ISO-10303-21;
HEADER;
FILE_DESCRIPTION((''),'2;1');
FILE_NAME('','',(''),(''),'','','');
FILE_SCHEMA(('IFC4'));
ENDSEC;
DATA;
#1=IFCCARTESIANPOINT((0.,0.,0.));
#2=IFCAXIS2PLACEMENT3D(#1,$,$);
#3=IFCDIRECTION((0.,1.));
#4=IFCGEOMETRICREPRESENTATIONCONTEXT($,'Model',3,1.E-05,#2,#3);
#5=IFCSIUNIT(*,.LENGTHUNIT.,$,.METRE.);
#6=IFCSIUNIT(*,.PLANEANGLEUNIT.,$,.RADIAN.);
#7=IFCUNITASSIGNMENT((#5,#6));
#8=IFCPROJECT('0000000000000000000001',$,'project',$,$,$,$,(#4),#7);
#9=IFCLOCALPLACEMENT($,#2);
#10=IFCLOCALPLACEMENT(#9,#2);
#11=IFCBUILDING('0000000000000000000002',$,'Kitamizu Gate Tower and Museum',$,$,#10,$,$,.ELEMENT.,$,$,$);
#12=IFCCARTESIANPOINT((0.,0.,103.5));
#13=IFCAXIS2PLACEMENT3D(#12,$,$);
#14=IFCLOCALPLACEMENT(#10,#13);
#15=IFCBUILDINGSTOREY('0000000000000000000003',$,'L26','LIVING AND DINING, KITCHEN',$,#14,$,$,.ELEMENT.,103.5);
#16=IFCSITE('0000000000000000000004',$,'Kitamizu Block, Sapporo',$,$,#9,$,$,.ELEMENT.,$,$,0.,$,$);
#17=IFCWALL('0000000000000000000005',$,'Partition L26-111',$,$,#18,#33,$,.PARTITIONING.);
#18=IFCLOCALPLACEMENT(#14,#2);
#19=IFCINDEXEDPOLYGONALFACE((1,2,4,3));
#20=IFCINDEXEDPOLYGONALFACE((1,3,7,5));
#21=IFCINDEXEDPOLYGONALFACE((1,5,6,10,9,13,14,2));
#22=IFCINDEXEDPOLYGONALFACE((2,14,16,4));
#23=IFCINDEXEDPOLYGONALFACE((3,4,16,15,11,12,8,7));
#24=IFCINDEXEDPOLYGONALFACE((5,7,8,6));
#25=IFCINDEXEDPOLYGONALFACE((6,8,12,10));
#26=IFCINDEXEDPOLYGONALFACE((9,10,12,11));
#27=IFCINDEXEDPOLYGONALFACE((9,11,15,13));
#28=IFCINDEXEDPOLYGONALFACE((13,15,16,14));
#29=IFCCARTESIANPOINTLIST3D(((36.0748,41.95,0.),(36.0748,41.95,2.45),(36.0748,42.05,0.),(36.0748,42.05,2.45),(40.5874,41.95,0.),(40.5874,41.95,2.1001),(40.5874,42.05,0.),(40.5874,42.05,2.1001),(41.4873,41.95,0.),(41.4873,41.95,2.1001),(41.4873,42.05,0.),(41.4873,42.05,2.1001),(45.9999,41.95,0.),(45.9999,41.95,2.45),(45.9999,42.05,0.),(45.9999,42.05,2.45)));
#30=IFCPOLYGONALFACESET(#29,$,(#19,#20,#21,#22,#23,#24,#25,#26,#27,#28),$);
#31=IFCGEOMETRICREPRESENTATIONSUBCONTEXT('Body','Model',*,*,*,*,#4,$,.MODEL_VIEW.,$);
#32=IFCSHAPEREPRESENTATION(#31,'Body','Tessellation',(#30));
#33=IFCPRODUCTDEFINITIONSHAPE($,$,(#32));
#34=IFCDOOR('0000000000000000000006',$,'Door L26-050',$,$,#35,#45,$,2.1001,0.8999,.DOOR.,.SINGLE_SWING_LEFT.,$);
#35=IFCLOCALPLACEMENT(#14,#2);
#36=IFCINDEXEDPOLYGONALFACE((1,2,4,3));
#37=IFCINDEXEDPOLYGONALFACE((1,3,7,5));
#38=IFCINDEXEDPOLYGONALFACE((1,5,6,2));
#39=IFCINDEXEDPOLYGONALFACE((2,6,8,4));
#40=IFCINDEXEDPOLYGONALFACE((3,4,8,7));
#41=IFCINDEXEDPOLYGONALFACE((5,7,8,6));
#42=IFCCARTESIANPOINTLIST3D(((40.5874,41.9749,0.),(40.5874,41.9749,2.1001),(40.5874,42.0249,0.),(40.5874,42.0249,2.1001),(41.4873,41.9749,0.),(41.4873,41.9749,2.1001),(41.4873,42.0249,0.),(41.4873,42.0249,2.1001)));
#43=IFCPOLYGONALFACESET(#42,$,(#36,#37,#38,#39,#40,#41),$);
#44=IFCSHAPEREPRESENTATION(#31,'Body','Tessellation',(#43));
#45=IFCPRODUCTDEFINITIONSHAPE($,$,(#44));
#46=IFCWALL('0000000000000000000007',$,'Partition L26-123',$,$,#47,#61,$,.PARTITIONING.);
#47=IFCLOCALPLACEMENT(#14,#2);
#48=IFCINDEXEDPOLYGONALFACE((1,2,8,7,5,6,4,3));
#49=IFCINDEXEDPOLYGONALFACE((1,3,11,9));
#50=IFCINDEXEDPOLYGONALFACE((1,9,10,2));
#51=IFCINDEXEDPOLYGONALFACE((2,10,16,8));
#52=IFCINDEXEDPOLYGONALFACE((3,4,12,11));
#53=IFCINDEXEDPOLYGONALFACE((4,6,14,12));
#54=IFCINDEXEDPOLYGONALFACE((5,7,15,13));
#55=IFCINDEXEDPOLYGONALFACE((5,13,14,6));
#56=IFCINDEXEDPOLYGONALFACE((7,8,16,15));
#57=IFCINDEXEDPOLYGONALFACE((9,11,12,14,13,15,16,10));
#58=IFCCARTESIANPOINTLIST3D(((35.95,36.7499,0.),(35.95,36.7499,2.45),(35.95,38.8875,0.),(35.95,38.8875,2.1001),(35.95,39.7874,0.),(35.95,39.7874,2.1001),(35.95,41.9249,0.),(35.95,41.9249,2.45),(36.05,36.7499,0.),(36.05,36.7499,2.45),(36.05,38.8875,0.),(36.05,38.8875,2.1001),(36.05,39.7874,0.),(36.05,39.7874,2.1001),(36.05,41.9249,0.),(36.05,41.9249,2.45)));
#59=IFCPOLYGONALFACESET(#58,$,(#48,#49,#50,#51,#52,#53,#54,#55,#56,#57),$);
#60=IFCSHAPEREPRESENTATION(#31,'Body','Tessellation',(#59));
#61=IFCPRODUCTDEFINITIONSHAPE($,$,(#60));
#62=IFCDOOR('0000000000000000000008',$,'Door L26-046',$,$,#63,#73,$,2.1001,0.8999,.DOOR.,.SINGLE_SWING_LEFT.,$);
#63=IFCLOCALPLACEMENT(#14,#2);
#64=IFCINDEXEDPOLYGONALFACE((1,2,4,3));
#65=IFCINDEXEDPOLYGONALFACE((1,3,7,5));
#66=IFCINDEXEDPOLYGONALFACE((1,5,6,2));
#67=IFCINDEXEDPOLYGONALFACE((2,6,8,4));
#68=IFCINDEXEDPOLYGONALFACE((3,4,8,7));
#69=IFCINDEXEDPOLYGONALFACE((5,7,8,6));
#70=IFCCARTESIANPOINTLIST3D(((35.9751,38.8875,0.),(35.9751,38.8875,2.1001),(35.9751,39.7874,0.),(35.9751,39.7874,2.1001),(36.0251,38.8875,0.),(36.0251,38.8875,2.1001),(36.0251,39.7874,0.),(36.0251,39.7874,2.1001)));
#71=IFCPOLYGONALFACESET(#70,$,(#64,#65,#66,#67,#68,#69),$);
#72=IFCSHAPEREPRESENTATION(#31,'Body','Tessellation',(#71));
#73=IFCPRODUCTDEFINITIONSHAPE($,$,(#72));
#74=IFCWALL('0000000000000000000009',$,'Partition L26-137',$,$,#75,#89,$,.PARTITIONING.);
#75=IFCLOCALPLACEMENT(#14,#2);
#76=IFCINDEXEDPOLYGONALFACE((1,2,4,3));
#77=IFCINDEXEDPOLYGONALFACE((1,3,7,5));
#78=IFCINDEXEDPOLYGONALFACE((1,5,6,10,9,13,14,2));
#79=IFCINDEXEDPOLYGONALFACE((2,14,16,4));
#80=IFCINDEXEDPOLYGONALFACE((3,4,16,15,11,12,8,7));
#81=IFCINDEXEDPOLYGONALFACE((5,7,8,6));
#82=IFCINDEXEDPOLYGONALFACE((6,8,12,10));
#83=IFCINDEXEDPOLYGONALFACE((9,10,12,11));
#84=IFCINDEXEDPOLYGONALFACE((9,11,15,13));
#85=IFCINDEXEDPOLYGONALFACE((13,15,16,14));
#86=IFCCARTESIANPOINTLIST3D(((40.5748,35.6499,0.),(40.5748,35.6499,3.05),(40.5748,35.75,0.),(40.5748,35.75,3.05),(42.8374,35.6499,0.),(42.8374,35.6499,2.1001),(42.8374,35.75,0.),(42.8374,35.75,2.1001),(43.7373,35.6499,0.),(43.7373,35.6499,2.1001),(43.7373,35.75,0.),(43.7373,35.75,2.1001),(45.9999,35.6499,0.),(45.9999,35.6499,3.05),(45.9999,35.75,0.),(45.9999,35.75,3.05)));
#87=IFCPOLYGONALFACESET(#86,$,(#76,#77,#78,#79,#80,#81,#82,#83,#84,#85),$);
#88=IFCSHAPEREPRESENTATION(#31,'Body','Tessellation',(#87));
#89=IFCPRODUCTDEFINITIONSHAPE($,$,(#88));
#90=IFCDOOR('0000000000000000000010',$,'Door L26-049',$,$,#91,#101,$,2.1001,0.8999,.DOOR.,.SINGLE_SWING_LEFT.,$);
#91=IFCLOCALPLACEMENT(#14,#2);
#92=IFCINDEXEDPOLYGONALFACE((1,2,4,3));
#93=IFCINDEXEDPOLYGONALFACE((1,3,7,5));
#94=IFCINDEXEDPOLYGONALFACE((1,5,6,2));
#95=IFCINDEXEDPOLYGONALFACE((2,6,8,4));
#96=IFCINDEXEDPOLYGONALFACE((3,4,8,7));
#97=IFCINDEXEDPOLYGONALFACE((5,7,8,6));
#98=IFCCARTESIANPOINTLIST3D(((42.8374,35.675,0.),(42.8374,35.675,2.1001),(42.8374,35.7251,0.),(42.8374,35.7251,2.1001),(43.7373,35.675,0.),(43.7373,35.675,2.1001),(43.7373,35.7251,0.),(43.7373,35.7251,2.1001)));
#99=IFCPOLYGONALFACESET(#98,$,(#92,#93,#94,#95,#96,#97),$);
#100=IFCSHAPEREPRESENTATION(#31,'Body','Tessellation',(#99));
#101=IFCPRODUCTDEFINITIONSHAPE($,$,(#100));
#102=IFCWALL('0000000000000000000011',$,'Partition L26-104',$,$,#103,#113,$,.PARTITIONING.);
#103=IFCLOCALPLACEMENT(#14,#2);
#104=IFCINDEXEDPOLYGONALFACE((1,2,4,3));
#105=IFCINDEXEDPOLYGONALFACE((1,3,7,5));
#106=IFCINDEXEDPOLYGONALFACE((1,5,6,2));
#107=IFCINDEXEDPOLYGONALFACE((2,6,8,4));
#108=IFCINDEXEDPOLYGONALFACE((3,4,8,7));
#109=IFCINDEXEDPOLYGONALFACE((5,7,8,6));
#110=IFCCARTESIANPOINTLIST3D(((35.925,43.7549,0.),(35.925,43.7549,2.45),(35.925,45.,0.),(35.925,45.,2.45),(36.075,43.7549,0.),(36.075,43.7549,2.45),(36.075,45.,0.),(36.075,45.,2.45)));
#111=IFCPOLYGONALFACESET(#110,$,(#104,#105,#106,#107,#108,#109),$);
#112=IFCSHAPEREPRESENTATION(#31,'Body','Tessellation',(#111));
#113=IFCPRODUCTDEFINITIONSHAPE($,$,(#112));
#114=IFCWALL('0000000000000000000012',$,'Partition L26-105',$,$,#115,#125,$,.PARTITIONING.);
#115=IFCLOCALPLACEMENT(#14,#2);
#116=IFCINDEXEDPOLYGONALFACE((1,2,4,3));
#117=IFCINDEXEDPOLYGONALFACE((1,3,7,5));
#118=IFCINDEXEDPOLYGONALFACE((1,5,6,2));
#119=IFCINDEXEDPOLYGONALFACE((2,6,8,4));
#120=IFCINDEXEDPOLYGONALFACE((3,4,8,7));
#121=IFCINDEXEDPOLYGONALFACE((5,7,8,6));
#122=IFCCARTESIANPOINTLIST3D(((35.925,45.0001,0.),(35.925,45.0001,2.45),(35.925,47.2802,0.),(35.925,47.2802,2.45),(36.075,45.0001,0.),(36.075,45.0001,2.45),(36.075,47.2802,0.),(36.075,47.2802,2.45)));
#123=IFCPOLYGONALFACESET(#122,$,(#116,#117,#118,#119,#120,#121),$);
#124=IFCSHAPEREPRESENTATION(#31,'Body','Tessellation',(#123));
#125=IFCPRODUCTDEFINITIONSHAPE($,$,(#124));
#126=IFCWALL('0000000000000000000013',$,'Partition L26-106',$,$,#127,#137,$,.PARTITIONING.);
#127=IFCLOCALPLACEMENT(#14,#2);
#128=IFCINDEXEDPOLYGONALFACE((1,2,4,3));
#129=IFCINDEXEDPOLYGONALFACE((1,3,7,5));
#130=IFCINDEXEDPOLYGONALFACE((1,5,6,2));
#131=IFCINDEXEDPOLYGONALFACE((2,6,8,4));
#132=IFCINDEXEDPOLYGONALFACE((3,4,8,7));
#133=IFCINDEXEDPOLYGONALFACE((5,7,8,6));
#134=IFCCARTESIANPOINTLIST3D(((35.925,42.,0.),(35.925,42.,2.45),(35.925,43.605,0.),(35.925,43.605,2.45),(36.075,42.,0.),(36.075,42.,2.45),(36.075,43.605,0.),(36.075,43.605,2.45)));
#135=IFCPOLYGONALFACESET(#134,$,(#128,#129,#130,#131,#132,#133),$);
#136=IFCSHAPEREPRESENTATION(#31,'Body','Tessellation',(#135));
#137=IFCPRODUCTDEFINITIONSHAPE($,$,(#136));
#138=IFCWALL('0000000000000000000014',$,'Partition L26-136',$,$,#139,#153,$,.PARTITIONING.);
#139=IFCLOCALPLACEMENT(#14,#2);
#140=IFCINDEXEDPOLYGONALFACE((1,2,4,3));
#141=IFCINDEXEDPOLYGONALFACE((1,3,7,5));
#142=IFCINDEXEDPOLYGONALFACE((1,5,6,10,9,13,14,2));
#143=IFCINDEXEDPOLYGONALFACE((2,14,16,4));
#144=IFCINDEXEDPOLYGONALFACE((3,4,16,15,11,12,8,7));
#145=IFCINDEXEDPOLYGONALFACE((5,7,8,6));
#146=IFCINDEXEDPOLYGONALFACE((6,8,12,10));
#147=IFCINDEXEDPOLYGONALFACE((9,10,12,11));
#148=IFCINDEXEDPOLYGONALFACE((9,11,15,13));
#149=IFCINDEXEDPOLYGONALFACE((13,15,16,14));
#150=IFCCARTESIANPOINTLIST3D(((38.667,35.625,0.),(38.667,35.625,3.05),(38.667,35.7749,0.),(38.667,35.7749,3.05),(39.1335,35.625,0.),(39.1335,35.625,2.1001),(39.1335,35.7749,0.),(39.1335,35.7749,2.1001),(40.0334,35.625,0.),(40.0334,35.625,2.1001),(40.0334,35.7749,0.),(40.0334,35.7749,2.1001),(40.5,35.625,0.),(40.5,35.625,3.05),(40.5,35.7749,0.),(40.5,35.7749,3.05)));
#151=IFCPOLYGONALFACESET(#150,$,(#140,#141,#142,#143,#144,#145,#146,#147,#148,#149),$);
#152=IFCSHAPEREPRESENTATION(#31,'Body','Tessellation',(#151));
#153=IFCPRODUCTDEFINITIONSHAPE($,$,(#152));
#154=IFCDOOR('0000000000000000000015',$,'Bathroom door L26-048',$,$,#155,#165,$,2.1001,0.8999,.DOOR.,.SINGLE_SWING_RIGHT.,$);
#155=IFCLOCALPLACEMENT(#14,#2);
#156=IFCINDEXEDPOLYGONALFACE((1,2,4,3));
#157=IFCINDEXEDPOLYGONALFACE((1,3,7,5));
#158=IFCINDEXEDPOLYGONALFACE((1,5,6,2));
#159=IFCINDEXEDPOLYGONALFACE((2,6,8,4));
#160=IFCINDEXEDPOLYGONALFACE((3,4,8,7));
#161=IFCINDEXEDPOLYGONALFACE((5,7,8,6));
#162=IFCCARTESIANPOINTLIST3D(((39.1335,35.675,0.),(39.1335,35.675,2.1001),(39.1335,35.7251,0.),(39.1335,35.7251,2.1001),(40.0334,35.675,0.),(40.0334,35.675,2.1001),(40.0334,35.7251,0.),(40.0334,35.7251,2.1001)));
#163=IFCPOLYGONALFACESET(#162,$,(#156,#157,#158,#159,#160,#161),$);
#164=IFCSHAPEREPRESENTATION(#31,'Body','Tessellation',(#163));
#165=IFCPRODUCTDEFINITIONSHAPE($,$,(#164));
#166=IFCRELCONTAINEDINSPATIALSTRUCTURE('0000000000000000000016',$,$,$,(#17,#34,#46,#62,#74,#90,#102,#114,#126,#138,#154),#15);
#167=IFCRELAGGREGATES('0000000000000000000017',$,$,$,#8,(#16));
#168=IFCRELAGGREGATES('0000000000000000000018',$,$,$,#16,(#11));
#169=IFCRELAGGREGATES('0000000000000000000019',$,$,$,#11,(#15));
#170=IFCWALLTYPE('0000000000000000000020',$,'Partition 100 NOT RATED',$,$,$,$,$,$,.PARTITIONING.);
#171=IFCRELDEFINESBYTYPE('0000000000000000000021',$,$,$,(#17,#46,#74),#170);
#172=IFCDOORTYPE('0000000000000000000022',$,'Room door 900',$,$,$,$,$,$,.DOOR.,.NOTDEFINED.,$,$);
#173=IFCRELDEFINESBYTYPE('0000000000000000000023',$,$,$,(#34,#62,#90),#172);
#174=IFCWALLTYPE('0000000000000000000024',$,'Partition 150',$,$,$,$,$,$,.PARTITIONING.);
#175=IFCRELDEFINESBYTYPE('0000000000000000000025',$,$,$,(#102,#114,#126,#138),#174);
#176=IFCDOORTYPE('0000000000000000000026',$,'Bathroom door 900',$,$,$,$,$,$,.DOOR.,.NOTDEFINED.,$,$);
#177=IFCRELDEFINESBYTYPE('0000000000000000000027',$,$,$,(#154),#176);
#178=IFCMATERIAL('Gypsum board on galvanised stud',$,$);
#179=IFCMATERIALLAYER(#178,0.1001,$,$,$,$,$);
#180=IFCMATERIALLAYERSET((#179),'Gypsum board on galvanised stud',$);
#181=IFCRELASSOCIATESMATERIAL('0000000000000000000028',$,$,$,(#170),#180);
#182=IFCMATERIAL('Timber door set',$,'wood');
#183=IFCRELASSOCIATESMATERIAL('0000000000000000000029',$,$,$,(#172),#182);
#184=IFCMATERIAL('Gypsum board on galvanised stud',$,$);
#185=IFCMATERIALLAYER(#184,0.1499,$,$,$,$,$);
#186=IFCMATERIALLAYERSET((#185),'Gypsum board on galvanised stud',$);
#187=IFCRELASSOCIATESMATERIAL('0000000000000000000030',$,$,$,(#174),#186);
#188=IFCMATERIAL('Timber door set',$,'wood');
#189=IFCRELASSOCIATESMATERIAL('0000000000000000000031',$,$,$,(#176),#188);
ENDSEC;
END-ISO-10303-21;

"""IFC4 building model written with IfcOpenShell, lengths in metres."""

from ifc_helpers import new_model, si_unit, direction, frame, frame_2d, origin, place, context, subcontext, project, spatial, rectangle, extrude, material, layer, layer_set, type_object, element, fill, save


model = new_model("IFC4")

# Units and contexts
model_context = context("Model", 3, precision=1e-05, world=origin(), true_north=direction((0.0, 1.0)))
body_context = subcontext(model_context, "Body", "Model", "MODEL_VIEW")
ifc_project = project(units=[si_unit("LENGTHUNIT", "METRE"), si_unit("PLANEANGLEUNIT", "RADIAN")], contexts=[model_context])

# Site, building, storey
site_placement = place(None, origin())
site = spatial("IfcSite", under=ifc_project, at=site_placement, Name="Kitamizu Block, Sapporo", CompositionType="ELEMENT", RefElevation=0.0)
building_placement = place(site_placement, origin())
building = spatial("IfcBuilding", under=site, at=building_placement, Name="Kitamizu Gate Tower and Museum", CompositionType="ELEMENT")
storey_placement = place(building_placement, frame((0.0, 0.0, 103.5)))
storey = spatial("IfcBuildingStorey", under=building, at=storey_placement, Name="L26", Description="LIVING AND DINING, KITCHEN", CompositionType="ELEMENT", Elevation=103.5)

# Walls, openings, doors
ifc_material_1 = material(Name="Gypsum board on galvanised stud")
ifc_layer_1 = layer(ifc_material_1, 0.1001)
ifc_layer_set_1 = layer_set([ifc_layer_1], Name="Gypsum board on galvanised stud")
wall_type_1 = type_object("IfcWallType", Name="Partition 100 NOT RATED", PredefinedType="PARTITIONING", material=ifc_layer_set_1)
wall_1_placement = place(storey_placement, frame((36.075, 42.0, 0.0), z_axis=(0.0, 0.0, 1.0), x_axis=(1.0, 0.0, 0.0)))
wall_1 = element("IfcWall", 1, at=wall_1_placement, inside=storey, type_object=wall_type_1, Name="Partition L26-111", PredefinedType="PARTITIONING", context=body_context, shape_type="SweptSolid", body=[
    extrude(rectangle(XDim=9.925, YDim=0.1001, at=frame_2d((4.9624, 0.0))), origin(), (0.0, 0.0, 1.0), 2.45),
])
opening_1_placement = place(wall_1_placement, frame((4.5125, 0.0, 0.0)))
opening_1 = element("IfcOpeningElement", 2, at=opening_1_placement, cuts=wall_1, PredefinedType="OPENING", context=body_context, shape_type="SweptSolid", body=[
    extrude(rectangle(XDim=0.8999, YDim=2.1001, at=frame_2d((0.45, 1.05))), frame((0.0, 0.0601, 0.0), z_axis=(0.0, -1.0, 0.0), x_axis=(1.0, 0.0, 0.0)), (0.0, 0.0, 1.0), 0.1201),
])
ifc_material_2 = material(Name="Timber door set", Category="wood")
door_type_1 = type_object("IfcDoorType", Name="Room door 900", OperationType="NOTDEFINED", PredefinedType="DOOR", material=ifc_material_2)
door_1_placement = place(opening_1_placement, origin())
door_1 = element("IfcDoor", 3, at=door_1_placement, inside=storey, type_object=door_type_1, Name="Door L26-050", OperationType="SINGLE_SWING_LEFT", OverallHeight=2.1001, OverallWidth=0.8999, PredefinedType="DOOR", context=body_context, shape_type="SweptSolid", body=[
    extrude(rectangle(XDim=0.8999, YDim=2.1001, at=frame_2d((0.45, 1.05))), frame((0.0, 0.0249, 0.0), z_axis=(0.0, -1.0, 0.0), x_axis=(1.0, 0.0, 0.0)), (0.0, 0.0, 1.0), 0.05),
])
fill(opening_1, door_1)
wall_2_placement = place(storey_placement, frame((36.0, 36.75, 0.0), z_axis=(0.0, 0.0, 1.0), x_axis=(0.0, 1.0, 0.0)))
wall_2 = element("IfcWall", 4, at=wall_2_placement, inside=storey, type_object=wall_type_1, Name="Partition L26-123", PredefinedType="PARTITIONING", context=body_context, shape_type="SweptSolid", body=[
    extrude(rectangle(XDim=5.175, YDim=0.1001, at=frame_2d((2.5874, 0.0))), origin(), (0.0, 0.0, 1.0), 2.45),
])
opening_2_placement = place(wall_2_placement, frame((2.1375, 0.0, 0.0)))
opening_2 = element("IfcOpeningElement", 5, at=opening_2_placement, cuts=wall_2, PredefinedType="OPENING", context=body_context, shape_type="SweptSolid", body=[
    extrude(rectangle(XDim=0.8999, YDim=2.1001, at=frame_2d((0.45, 1.05))), frame((0.0, 0.0601, 0.0), z_axis=(0.0, -1.0, 0.0), x_axis=(1.0, 0.0, 0.0)), (0.0, 0.0, 1.0), 0.1201),
])
door_2_placement = place(opening_2_placement, origin())
door_2 = element("IfcDoor", 6, at=door_2_placement, inside=storey, type_object=door_type_1, Name="Door L26-046", OperationType="SINGLE_SWING_LEFT", OverallHeight=2.1001, OverallWidth=0.8999, PredefinedType="DOOR", context=body_context, shape_type="SweptSolid", body=[
    extrude(rectangle(XDim=0.8999, YDim=2.1001, at=frame_2d((0.45, 1.05))), frame((0.0, 0.0249, 0.0), z_axis=(0.0, -1.0, 0.0), x_axis=(1.0, 0.0, 0.0)), (0.0, 0.0, 1.0), 0.05),
])
fill(opening_2, door_2)
wall_3_placement = place(storey_placement, frame((40.575, 35.7, 0.0), z_axis=(0.0, 0.0, 1.0), x_axis=(1.0, 0.0, 0.0)))
wall_3 = element("IfcWall", 7, at=wall_3_placement, inside=storey, type_object=wall_type_1, Name="Partition L26-137", PredefinedType="PARTITIONING", context=body_context, shape_type="SweptSolid", body=[
    extrude(rectangle(XDim=5.425, YDim=0.1001, at=frame_2d((2.7124, 0.0))), origin(), (0.0, 0.0, 1.0), 3.05),
])
opening_3_placement = place(wall_3_placement, frame((2.2625, 0.0, 0.0)))
opening_3 = element("IfcOpeningElement", 8, at=opening_3_placement, cuts=wall_3, PredefinedType="OPENING", context=body_context, shape_type="SweptSolid", body=[
    extrude(rectangle(XDim=0.8999, YDim=2.1001, at=frame_2d((0.45, 1.05))), frame((0.0, 0.0601, 0.0), z_axis=(0.0, -1.0, 0.0), x_axis=(1.0, 0.0, 0.0)), (0.0, 0.0, 1.0), 0.1201),
])
door_3_placement = place(opening_3_placement, frame((0.8999, 0.0, 0.0), x_axis=(-1.0, 0.0, 0.0)))
door_3 = element("IfcDoor", 9, at=door_3_placement, inside=storey, type_object=door_type_1, Name="Door L26-049", OperationType="SINGLE_SWING_LEFT", OverallHeight=2.1001, OverallWidth=0.8999, PredefinedType="DOOR", context=body_context, shape_type="SweptSolid", body=[
    extrude(rectangle(XDim=0.8999, YDim=2.1001, at=frame_2d((0.45, 1.05))), frame((0.0, 0.0249, 0.0), z_axis=(0.0, -1.0, 0.0), x_axis=(1.0, 0.0, 0.0)), (0.0, 0.0, 1.0), 0.05),
])
fill(opening_3, door_3)

# Walls
ifc_material_3 = material(Name="Gypsum board on galvanised stud")
ifc_layer_2 = layer(ifc_material_3, 0.1499)
ifc_layer_set_2 = layer_set([ifc_layer_2], Name="Gypsum board on galvanised stud")
wall_type_2 = type_object("IfcWallType", Name="Partition 150", PredefinedType="PARTITIONING", material=ifc_layer_set_2)
wall_4_placement = place(storey_placement, frame((36.0, 43.7549, 0.0), z_axis=(0.0, 0.0, 1.0), x_axis=(0.0, 1.0, 0.0)))
element("IfcWall", 10, at=wall_4_placement, inside=storey, type_object=wall_type_2, Name="Partition L26-104", PredefinedType="PARTITIONING", context=body_context, shape_type="SweptSolid", body=[
    extrude(rectangle(XDim=1.2451, YDim=0.1499, at=frame_2d((0.6226, 0.0))), origin(), (0.0, 0.0, 1.0), 2.45),
])
wall_5_placement = place(storey_placement, frame((36.0, 45.0, 0.0), z_axis=(0.0, 0.0, 1.0), x_axis=(0.0, 1.0, 0.0)))
element("IfcWall", 11, at=wall_5_placement, inside=storey, type_object=wall_type_2, Name="Partition L26-105", PredefinedType="PARTITIONING", context=body_context, shape_type="SweptSolid", body=[
    extrude(rectangle(XDim=2.28, YDim=0.1499, at=frame_2d((1.1401, 0.0))), origin(), (0.0, 0.0, 1.0), 2.45),
])
wall_6_placement = place(storey_placement, frame((36.0, 42.0, 0.0), z_axis=(0.0, 0.0, 1.0), x_axis=(0.0, 1.0, 0.0)))
element("IfcWall", 12, at=wall_6_placement, inside=storey, type_object=wall_type_2, Name="Partition L26-106", PredefinedType="PARTITIONING", context=body_context, shape_type="SweptSolid", body=[
    extrude(rectangle(XDim=1.605, YDim=0.1499, at=frame_2d((0.8025, 0.0))), origin(), (0.0, 0.0, 1.0), 2.45),
])

# Wall, opening, door
wall_7_placement = place(storey_placement, frame((38.667, 35.7, 0.0), z_axis=(0.0, 0.0, 1.0), x_axis=(1.0, 0.0, 0.0)))
wall_7 = element("IfcWall", 13, at=wall_7_placement, inside=storey, type_object=wall_type_2, Name="Partition L26-136", PredefinedType="PARTITIONING", context=body_context, shape_type="SweptSolid", body=[
    extrude(rectangle(XDim=1.833, YDim=0.1499, at=frame_2d((0.9165, 0.0))), origin(), (0.0, 0.0, 1.0), 3.05),
])
opening_4_placement = place(wall_7_placement, frame((0.4666, 0.0, 0.0)))
opening_4 = element("IfcOpeningElement", 14, at=opening_4_placement, cuts=wall_7, PredefinedType="OPENING", context=body_context, shape_type="SweptSolid", body=[
    extrude(rectangle(XDim=0.8999, YDim=2.1001, at=frame_2d((0.45, 1.05))), frame((0.0, 0.085, 0.0), z_axis=(0.0, -1.0, 0.0), x_axis=(1.0, 0.0, 0.0)), (0.0, 0.0, 1.0), 0.1699),
])
ifc_material_4 = material(Name="Timber door set", Category="wood")
door_type_2 = type_object("IfcDoorType", Name="Bathroom door 900", OperationType="NOTDEFINED", PredefinedType="DOOR", material=ifc_material_4)
door_4_placement = place(opening_4_placement, frame((0.8999, 0.0, 0.0), x_axis=(-1.0, 0.0, 0.0)))
door_4 = element("IfcDoor", 15, at=door_4_placement, inside=storey, type_object=door_type_2, Name="Bathroom door L26-048", OperationType="SINGLE_SWING_RIGHT", OverallHeight=2.1001, OverallWidth=0.8999, PredefinedType="DOOR", context=body_context, shape_type="SweptSolid", body=[
    extrude(rectangle(XDim=0.8999, YDim=2.1001, at=frame_2d((0.45, 1.05))), frame((0.0, 0.0249, 0.0), z_axis=(0.0, -1.0, 0.0), x_axis=(1.0, 0.0, 0.0)), (0.0, 0.0, 1.0), 0.05),
])
fill(opening_4, door_4)

save(model, "model.ifc")
